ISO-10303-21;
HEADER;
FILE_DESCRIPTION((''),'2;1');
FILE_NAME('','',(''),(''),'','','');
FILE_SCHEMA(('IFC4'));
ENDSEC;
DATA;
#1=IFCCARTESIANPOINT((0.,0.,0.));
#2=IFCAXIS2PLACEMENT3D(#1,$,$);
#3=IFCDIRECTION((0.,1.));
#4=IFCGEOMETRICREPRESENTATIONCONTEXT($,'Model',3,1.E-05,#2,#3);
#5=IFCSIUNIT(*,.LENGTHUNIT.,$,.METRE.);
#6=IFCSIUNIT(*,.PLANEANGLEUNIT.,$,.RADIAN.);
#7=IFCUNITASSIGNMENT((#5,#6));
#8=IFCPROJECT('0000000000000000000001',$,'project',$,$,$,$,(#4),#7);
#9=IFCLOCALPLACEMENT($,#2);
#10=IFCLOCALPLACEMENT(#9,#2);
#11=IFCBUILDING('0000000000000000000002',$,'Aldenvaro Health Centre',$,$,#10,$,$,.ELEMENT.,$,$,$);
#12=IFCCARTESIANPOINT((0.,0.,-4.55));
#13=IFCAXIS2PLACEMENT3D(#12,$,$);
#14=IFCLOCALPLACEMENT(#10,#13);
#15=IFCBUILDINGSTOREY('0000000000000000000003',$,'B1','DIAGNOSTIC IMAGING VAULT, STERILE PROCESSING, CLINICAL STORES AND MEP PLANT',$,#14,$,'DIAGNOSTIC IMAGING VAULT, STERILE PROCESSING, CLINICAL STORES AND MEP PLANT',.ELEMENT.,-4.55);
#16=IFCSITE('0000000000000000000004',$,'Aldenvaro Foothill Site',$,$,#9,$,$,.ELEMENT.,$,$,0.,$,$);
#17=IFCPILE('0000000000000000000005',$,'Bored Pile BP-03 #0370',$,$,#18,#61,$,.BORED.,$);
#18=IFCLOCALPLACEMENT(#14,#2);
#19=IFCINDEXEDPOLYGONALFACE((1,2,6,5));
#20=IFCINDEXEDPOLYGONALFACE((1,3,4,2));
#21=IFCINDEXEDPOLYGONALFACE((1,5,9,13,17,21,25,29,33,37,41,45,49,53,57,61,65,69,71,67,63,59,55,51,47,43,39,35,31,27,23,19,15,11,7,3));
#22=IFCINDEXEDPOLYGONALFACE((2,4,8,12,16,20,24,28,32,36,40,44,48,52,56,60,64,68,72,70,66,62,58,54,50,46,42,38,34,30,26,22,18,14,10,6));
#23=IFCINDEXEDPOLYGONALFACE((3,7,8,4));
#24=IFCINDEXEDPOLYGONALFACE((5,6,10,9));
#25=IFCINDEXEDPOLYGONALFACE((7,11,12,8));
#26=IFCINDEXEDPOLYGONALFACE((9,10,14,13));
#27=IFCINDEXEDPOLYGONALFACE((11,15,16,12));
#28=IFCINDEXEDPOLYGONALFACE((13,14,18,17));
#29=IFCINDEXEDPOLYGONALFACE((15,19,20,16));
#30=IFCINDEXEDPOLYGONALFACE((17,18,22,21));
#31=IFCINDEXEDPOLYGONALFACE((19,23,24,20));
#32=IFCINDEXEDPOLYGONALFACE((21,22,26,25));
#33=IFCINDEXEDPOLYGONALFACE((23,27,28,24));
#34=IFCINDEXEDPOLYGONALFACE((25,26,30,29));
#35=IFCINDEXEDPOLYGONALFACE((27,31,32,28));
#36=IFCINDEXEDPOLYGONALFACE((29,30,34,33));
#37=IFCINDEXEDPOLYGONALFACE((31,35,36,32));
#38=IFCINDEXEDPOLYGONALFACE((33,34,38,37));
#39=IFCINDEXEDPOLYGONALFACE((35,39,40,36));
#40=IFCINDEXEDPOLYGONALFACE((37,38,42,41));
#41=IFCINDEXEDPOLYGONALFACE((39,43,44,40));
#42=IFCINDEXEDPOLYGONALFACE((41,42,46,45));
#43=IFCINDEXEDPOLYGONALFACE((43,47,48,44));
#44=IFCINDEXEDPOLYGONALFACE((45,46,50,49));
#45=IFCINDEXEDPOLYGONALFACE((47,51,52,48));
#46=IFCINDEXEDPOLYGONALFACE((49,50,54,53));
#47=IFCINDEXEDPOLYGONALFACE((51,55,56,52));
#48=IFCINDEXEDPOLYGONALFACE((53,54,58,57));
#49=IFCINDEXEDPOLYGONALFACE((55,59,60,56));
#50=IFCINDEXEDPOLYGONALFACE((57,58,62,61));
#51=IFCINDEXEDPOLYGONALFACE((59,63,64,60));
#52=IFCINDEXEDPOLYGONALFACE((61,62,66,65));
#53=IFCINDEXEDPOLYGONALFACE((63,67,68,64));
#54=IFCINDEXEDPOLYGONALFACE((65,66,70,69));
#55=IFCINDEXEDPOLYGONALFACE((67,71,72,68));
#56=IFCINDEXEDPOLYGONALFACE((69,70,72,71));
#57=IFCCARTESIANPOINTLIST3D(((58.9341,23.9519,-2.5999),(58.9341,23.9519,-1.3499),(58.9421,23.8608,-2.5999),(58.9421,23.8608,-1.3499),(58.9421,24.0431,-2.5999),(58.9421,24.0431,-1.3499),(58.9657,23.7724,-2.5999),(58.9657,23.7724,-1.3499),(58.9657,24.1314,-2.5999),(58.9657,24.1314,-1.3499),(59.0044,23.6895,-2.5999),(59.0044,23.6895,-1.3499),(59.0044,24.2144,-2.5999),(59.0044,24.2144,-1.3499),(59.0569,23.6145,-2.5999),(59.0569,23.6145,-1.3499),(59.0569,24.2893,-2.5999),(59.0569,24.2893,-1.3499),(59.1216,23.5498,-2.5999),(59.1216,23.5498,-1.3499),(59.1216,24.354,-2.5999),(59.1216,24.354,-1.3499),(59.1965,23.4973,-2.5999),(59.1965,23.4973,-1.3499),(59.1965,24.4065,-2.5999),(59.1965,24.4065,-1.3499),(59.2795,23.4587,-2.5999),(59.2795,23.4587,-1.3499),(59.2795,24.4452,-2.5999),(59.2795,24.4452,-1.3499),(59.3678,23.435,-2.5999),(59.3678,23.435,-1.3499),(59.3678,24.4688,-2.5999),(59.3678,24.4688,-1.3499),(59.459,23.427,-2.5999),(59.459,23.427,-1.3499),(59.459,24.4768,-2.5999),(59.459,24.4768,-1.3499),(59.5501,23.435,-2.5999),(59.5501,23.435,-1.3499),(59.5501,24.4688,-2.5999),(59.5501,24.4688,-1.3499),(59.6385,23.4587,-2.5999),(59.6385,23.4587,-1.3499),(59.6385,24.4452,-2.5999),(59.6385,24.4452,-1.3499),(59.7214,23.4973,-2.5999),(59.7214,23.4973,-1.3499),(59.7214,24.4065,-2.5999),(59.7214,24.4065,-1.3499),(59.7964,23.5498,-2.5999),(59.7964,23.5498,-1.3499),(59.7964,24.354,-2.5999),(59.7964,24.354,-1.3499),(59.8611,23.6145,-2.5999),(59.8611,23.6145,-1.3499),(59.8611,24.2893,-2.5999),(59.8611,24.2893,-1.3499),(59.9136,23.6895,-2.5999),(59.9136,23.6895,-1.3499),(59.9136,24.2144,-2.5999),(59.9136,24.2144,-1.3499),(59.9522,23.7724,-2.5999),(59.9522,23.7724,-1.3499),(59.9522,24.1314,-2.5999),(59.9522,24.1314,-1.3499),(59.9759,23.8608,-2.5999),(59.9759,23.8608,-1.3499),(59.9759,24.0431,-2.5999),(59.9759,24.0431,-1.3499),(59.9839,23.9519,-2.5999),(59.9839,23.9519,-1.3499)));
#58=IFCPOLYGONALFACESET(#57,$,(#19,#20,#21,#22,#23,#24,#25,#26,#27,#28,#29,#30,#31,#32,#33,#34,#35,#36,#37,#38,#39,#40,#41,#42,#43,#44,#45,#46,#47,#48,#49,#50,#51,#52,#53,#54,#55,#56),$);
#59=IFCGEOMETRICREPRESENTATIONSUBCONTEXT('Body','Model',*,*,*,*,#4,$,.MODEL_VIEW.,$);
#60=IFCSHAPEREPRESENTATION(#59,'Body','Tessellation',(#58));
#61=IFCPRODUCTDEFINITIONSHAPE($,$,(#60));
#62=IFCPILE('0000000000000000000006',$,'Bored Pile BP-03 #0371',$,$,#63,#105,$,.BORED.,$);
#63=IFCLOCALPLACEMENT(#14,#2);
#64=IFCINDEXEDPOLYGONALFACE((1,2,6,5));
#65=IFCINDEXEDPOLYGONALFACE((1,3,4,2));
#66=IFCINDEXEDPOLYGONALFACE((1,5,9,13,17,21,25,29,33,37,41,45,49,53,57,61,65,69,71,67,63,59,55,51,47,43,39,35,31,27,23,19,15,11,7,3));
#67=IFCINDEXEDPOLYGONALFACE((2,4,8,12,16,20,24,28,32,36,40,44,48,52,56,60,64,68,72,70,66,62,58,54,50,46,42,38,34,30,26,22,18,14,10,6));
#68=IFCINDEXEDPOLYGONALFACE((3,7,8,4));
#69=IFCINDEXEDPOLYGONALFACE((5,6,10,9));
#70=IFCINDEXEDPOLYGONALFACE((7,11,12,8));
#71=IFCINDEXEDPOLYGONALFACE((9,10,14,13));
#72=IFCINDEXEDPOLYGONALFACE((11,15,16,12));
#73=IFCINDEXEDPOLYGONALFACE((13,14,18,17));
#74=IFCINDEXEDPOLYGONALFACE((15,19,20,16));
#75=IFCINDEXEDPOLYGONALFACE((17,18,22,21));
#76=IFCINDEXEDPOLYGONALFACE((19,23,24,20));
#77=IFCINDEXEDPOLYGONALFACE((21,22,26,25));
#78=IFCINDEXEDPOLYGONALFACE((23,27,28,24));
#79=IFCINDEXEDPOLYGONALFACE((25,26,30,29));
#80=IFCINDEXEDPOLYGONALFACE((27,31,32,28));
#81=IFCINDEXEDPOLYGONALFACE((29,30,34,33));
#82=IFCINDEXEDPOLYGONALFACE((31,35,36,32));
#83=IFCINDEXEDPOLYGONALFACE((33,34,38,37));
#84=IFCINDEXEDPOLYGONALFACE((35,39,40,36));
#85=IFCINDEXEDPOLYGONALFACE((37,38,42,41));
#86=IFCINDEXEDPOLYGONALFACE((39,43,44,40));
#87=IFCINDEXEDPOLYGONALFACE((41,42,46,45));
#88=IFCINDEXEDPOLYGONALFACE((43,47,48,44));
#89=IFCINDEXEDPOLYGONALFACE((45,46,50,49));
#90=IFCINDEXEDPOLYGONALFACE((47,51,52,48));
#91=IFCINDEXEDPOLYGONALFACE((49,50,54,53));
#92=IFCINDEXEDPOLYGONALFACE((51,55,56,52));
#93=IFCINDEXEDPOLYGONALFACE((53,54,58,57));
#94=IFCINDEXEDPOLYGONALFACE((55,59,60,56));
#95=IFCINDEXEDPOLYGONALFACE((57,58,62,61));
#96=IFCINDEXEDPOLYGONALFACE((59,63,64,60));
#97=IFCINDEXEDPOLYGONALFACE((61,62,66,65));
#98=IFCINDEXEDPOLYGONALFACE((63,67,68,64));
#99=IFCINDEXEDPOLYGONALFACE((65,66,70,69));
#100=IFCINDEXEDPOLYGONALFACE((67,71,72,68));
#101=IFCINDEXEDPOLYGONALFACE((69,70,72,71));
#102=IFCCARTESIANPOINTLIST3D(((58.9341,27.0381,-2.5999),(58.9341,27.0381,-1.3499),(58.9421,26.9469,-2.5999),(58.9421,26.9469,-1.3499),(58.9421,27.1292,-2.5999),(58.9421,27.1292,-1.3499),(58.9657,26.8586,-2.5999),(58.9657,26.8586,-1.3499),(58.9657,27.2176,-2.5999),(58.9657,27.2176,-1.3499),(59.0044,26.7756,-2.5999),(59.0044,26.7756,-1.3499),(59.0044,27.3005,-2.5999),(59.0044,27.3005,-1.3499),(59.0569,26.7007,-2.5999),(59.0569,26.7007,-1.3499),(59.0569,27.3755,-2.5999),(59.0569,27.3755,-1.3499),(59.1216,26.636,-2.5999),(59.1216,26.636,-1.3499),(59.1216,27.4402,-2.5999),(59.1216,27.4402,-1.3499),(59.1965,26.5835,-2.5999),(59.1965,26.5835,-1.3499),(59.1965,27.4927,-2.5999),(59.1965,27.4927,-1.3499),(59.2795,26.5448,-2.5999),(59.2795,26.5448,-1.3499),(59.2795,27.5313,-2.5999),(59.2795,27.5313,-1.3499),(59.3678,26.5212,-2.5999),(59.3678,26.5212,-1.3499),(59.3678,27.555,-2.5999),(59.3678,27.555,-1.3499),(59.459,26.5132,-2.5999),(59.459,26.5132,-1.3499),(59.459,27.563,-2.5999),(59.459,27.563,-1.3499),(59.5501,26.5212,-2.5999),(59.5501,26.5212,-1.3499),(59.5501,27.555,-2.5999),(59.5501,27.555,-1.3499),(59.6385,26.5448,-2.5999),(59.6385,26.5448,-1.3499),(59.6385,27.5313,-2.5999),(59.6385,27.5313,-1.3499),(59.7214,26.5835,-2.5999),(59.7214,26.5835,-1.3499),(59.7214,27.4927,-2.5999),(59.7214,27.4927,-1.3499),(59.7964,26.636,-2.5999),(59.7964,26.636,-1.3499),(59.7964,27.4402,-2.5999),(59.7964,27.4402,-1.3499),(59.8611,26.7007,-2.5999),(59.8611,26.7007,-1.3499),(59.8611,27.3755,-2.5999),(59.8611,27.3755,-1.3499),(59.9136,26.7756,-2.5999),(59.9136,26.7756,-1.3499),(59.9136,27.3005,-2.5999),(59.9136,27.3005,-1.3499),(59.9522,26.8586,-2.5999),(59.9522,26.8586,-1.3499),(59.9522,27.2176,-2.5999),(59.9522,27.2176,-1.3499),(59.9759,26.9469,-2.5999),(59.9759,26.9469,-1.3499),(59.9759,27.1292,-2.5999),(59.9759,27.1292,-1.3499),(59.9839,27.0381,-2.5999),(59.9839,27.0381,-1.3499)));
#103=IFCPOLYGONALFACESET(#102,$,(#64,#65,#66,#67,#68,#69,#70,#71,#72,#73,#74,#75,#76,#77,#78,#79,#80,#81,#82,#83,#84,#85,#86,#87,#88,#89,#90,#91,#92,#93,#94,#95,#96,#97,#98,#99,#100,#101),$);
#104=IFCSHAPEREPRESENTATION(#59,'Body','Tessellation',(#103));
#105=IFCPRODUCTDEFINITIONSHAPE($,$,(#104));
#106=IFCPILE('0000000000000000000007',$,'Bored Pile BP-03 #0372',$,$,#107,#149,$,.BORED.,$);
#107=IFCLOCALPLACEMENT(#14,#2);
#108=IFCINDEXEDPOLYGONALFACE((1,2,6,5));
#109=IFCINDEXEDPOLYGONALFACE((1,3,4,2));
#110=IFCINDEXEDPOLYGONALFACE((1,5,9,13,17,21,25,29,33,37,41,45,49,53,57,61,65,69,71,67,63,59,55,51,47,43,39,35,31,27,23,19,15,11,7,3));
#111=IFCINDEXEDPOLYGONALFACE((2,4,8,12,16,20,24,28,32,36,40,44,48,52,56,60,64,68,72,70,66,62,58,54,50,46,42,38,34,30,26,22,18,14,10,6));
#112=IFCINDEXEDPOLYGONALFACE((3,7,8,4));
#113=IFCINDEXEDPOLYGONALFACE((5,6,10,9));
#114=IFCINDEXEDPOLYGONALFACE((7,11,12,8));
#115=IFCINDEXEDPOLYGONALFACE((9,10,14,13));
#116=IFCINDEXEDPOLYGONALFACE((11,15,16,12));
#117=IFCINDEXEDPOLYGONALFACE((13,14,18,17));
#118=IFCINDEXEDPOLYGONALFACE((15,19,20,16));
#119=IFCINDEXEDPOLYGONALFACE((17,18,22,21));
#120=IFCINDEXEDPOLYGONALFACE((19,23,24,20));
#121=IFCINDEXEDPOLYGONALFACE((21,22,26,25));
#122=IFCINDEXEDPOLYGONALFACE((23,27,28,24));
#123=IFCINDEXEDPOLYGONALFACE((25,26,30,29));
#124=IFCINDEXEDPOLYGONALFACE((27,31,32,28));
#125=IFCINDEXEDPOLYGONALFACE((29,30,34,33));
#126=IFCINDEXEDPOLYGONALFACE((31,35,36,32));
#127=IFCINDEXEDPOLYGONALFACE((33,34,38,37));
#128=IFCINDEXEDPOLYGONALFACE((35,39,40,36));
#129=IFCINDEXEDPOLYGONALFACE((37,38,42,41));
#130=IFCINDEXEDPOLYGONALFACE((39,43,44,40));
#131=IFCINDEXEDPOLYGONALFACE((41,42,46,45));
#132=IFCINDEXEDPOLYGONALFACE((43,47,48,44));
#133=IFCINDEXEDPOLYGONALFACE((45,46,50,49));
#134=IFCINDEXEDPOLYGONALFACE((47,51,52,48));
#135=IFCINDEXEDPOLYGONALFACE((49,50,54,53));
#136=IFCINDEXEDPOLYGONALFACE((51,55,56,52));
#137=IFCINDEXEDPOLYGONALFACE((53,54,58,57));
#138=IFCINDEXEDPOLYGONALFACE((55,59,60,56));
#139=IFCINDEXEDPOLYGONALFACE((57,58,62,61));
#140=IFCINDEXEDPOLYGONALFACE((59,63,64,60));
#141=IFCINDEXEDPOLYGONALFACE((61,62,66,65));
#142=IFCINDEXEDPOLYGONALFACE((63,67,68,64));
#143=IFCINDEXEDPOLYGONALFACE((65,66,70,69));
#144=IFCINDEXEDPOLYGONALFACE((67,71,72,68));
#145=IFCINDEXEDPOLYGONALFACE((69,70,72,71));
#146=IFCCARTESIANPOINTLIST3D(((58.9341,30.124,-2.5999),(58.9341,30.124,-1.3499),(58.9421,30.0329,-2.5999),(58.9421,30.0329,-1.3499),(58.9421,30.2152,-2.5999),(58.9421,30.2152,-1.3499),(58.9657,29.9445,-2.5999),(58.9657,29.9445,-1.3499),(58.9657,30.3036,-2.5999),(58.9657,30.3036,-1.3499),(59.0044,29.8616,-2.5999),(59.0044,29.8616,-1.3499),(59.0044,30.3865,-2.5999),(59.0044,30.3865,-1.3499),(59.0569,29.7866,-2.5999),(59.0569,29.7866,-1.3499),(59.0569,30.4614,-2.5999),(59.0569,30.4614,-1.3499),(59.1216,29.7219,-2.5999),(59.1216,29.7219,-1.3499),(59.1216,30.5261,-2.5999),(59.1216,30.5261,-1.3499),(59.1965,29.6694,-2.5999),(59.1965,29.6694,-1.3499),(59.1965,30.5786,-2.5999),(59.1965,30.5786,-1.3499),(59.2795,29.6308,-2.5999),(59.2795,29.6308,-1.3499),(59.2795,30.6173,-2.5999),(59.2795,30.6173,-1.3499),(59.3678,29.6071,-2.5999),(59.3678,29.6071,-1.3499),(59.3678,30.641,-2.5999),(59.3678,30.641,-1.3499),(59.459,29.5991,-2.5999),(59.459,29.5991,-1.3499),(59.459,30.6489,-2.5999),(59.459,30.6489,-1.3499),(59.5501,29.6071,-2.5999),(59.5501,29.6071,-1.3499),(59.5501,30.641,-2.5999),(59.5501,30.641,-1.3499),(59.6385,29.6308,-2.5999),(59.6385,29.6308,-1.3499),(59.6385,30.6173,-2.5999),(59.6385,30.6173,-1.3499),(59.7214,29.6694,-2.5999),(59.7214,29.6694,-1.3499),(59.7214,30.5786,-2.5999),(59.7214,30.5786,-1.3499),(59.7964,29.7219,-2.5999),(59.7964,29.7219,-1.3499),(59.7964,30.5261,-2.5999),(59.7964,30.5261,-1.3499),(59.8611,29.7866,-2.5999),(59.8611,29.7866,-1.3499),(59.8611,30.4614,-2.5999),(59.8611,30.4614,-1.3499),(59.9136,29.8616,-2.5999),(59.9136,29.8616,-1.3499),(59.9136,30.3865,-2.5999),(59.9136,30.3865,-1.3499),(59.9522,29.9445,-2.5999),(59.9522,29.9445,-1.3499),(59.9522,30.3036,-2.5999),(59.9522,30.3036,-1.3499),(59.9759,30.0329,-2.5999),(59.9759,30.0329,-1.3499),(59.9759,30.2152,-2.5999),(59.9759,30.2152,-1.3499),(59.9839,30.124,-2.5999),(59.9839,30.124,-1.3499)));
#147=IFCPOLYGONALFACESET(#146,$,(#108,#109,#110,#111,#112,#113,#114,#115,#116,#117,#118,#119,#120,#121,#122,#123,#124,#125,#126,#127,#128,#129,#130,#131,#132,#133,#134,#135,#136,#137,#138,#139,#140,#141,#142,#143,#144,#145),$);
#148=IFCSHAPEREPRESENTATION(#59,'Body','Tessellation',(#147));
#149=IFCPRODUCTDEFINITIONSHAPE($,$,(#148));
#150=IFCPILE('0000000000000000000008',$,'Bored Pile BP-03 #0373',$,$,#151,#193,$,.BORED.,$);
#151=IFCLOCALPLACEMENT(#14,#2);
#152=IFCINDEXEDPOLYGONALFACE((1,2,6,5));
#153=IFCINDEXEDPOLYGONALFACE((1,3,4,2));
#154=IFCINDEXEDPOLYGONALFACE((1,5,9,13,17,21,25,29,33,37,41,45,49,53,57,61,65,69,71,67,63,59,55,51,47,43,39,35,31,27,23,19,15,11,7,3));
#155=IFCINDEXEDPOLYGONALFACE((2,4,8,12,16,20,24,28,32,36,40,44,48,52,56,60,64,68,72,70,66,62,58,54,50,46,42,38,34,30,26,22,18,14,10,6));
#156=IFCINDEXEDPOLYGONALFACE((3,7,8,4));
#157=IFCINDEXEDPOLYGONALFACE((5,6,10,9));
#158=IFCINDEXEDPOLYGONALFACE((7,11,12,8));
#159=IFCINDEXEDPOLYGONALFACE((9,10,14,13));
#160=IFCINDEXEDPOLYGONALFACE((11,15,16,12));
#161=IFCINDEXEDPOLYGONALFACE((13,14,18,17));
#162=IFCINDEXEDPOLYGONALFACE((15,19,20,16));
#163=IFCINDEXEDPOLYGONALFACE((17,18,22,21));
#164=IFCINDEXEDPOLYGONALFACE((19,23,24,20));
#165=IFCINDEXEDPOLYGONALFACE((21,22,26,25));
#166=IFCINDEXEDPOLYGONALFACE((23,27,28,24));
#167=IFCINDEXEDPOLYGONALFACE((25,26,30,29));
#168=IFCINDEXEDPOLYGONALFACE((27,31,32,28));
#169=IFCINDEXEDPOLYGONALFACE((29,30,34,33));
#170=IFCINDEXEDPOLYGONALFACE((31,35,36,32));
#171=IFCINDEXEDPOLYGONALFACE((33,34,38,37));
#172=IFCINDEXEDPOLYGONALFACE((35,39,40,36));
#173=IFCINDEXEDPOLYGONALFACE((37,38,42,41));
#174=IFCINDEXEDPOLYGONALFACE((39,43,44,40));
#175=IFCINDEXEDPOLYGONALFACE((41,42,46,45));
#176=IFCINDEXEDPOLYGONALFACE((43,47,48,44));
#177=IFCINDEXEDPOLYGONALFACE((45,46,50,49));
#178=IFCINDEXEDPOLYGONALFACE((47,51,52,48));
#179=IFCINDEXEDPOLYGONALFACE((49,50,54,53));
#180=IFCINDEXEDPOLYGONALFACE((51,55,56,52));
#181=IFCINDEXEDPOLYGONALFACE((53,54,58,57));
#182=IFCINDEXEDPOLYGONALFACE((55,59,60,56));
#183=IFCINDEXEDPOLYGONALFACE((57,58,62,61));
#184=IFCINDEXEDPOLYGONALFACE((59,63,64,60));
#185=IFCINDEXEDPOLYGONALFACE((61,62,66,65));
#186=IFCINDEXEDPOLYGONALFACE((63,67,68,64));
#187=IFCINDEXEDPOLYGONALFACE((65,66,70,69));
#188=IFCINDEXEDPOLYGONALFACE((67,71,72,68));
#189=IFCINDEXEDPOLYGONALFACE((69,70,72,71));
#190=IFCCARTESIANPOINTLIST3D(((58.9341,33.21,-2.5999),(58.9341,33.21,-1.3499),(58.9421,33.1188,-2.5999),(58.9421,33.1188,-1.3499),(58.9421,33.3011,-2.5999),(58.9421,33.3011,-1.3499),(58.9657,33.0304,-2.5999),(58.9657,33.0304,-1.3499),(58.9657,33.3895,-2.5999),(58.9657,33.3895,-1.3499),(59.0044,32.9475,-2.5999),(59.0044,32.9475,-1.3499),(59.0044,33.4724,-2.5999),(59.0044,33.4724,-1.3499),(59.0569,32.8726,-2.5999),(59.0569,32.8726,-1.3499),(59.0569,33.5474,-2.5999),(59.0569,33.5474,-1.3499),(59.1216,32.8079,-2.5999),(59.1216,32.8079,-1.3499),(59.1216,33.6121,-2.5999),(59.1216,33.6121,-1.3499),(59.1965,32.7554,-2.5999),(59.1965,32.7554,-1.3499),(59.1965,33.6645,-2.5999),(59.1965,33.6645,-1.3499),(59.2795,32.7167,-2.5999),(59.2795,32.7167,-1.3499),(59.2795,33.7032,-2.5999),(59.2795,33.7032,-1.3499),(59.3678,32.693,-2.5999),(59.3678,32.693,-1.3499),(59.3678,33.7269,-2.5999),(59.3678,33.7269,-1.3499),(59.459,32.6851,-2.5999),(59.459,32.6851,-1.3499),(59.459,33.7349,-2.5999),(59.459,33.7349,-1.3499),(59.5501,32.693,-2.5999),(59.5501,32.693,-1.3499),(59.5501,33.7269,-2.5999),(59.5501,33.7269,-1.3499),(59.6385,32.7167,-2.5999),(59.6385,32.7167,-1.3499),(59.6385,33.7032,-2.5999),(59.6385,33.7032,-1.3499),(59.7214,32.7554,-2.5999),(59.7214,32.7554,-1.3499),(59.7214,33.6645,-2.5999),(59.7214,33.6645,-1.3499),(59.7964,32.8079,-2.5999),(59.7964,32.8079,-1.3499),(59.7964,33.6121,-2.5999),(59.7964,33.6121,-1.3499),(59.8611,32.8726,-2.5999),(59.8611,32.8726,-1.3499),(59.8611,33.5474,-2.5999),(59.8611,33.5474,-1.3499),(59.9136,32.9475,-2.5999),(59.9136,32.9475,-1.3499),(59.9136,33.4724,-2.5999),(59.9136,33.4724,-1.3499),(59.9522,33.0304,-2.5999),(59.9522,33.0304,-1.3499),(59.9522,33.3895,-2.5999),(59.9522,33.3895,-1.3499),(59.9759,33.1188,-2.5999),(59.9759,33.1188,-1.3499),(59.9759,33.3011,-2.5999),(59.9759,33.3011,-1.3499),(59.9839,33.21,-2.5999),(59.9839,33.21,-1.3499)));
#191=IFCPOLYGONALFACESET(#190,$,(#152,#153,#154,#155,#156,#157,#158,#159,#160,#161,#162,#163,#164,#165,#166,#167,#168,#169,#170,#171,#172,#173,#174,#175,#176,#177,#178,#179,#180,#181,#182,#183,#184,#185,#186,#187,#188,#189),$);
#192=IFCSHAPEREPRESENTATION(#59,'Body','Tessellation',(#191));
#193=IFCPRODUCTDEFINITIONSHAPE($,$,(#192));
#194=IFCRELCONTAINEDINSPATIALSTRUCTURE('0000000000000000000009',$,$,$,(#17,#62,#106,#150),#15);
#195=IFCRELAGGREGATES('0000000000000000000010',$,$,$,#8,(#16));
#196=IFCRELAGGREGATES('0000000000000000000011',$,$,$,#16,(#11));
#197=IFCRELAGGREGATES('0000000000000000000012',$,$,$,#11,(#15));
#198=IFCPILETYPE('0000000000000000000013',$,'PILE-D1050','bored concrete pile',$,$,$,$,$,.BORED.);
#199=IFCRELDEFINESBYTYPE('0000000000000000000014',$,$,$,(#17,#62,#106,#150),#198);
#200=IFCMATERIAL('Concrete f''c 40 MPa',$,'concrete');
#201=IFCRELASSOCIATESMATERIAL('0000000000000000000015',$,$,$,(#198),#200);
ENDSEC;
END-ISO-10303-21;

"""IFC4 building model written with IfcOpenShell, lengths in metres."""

from ifc_helpers import new_model, si_unit, direction, frame, origin, origin_2d, place, context, subcontext, project, spatial, circle, extrude, material, material_profile, profile_set, type_object, element, save


model = new_model("IFC4")

# Units and contexts
model_context = context("Model", 3, precision=1e-05, world=origin(), true_north=direction((0.0, 1.0)))
body_context = subcontext(model_context, "Body", "Model", "MODEL_VIEW")
ifc_project = project(units=[si_unit("LENGTHUNIT", "METRE"), si_unit("PLANEANGLEUNIT", "RADIAN")], contexts=[model_context])

# Site, building, storey
site_placement = place(None, origin())
site = spatial("IfcSite", under=ifc_project, at=site_placement, Name="Aldenvaro Foothill Site", CompositionType="ELEMENT", RefElevation=0.0)
building_placement = place(site_placement, origin())
building = spatial("IfcBuilding", under=site, at=building_placement, Name="Aldenvaro Health Centre", CompositionType="ELEMENT")
storey_placement = place(building_placement, frame((0.0, 0.0, -4.55)))
storey = spatial("IfcBuildingStorey", under=building, at=storey_placement, Name="B1", Description="DIAGNOSTIC IMAGING VAULT, STERILE PROCESSING, CLINICAL STORES AND MEP PLANT", LongName="DIAGNOSTIC IMAGING VAULT, STERILE PROCESSING, CLINICAL STORES AND MEP PLANT", CompositionType="ELEMENT", Elevation=-4.55)

# Shared definitions
ifc_material = material(Name="Concrete f'c 40 MPa", Category="concrete")

# Piles
ifc_material_profile_1 = material_profile(ifc_material, circle(Radius=0.5249, at=origin_2d()), Name="PILE D1050", Category="concrete")
ifc_profile_set_1 = profile_set([ifc_material_profile_1], Name="Concrete f'c 40 MPa")
pile_type = type_object("IfcPileType", Name="PILE-D1050", Description="bored concrete pile", PredefinedType="BORED", material=ifc_profile_set_1)
for number, where, z_axis, x_axis, name in (
    (1, (59.459, 23.9519, -1.3499), (0.0, 0.0, -1.0), (1.0, 0.0, 0.0), "Bored Pile BP-03 #0370"),
    (2, (59.459, 27.0381, -1.3499), (0.0, 0.0, -1.0), (1.0, 0.0, 0.0), "Bored Pile BP-03 #0371"),
    (3, (59.459, 30.124, -1.3499), (0.0, 0.0, -1.0), (1.0, 0.0, 0.0), "Bored Pile BP-03 #0372"),
    (4, (59.459, 33.21, -1.3499), (0.0, 0.0, -1.0), (1.0, 0.0, 0.0), "Bored Pile BP-03 #0373"),
):
    element("IfcPile", number, at=place(storey_placement, frame(where, z_axis=z_axis, x_axis=x_axis)), inside=storey, type_object=pile_type, Name=name, PredefinedType="BORED", context=body_context, shape_type="SweptSolid", body=[
        extrude(circle(Radius=0.5249, at=origin_2d()), origin(), (0.0, 0.0, 1.0), 1.25),
    ])

save(model, "model.ifc")
